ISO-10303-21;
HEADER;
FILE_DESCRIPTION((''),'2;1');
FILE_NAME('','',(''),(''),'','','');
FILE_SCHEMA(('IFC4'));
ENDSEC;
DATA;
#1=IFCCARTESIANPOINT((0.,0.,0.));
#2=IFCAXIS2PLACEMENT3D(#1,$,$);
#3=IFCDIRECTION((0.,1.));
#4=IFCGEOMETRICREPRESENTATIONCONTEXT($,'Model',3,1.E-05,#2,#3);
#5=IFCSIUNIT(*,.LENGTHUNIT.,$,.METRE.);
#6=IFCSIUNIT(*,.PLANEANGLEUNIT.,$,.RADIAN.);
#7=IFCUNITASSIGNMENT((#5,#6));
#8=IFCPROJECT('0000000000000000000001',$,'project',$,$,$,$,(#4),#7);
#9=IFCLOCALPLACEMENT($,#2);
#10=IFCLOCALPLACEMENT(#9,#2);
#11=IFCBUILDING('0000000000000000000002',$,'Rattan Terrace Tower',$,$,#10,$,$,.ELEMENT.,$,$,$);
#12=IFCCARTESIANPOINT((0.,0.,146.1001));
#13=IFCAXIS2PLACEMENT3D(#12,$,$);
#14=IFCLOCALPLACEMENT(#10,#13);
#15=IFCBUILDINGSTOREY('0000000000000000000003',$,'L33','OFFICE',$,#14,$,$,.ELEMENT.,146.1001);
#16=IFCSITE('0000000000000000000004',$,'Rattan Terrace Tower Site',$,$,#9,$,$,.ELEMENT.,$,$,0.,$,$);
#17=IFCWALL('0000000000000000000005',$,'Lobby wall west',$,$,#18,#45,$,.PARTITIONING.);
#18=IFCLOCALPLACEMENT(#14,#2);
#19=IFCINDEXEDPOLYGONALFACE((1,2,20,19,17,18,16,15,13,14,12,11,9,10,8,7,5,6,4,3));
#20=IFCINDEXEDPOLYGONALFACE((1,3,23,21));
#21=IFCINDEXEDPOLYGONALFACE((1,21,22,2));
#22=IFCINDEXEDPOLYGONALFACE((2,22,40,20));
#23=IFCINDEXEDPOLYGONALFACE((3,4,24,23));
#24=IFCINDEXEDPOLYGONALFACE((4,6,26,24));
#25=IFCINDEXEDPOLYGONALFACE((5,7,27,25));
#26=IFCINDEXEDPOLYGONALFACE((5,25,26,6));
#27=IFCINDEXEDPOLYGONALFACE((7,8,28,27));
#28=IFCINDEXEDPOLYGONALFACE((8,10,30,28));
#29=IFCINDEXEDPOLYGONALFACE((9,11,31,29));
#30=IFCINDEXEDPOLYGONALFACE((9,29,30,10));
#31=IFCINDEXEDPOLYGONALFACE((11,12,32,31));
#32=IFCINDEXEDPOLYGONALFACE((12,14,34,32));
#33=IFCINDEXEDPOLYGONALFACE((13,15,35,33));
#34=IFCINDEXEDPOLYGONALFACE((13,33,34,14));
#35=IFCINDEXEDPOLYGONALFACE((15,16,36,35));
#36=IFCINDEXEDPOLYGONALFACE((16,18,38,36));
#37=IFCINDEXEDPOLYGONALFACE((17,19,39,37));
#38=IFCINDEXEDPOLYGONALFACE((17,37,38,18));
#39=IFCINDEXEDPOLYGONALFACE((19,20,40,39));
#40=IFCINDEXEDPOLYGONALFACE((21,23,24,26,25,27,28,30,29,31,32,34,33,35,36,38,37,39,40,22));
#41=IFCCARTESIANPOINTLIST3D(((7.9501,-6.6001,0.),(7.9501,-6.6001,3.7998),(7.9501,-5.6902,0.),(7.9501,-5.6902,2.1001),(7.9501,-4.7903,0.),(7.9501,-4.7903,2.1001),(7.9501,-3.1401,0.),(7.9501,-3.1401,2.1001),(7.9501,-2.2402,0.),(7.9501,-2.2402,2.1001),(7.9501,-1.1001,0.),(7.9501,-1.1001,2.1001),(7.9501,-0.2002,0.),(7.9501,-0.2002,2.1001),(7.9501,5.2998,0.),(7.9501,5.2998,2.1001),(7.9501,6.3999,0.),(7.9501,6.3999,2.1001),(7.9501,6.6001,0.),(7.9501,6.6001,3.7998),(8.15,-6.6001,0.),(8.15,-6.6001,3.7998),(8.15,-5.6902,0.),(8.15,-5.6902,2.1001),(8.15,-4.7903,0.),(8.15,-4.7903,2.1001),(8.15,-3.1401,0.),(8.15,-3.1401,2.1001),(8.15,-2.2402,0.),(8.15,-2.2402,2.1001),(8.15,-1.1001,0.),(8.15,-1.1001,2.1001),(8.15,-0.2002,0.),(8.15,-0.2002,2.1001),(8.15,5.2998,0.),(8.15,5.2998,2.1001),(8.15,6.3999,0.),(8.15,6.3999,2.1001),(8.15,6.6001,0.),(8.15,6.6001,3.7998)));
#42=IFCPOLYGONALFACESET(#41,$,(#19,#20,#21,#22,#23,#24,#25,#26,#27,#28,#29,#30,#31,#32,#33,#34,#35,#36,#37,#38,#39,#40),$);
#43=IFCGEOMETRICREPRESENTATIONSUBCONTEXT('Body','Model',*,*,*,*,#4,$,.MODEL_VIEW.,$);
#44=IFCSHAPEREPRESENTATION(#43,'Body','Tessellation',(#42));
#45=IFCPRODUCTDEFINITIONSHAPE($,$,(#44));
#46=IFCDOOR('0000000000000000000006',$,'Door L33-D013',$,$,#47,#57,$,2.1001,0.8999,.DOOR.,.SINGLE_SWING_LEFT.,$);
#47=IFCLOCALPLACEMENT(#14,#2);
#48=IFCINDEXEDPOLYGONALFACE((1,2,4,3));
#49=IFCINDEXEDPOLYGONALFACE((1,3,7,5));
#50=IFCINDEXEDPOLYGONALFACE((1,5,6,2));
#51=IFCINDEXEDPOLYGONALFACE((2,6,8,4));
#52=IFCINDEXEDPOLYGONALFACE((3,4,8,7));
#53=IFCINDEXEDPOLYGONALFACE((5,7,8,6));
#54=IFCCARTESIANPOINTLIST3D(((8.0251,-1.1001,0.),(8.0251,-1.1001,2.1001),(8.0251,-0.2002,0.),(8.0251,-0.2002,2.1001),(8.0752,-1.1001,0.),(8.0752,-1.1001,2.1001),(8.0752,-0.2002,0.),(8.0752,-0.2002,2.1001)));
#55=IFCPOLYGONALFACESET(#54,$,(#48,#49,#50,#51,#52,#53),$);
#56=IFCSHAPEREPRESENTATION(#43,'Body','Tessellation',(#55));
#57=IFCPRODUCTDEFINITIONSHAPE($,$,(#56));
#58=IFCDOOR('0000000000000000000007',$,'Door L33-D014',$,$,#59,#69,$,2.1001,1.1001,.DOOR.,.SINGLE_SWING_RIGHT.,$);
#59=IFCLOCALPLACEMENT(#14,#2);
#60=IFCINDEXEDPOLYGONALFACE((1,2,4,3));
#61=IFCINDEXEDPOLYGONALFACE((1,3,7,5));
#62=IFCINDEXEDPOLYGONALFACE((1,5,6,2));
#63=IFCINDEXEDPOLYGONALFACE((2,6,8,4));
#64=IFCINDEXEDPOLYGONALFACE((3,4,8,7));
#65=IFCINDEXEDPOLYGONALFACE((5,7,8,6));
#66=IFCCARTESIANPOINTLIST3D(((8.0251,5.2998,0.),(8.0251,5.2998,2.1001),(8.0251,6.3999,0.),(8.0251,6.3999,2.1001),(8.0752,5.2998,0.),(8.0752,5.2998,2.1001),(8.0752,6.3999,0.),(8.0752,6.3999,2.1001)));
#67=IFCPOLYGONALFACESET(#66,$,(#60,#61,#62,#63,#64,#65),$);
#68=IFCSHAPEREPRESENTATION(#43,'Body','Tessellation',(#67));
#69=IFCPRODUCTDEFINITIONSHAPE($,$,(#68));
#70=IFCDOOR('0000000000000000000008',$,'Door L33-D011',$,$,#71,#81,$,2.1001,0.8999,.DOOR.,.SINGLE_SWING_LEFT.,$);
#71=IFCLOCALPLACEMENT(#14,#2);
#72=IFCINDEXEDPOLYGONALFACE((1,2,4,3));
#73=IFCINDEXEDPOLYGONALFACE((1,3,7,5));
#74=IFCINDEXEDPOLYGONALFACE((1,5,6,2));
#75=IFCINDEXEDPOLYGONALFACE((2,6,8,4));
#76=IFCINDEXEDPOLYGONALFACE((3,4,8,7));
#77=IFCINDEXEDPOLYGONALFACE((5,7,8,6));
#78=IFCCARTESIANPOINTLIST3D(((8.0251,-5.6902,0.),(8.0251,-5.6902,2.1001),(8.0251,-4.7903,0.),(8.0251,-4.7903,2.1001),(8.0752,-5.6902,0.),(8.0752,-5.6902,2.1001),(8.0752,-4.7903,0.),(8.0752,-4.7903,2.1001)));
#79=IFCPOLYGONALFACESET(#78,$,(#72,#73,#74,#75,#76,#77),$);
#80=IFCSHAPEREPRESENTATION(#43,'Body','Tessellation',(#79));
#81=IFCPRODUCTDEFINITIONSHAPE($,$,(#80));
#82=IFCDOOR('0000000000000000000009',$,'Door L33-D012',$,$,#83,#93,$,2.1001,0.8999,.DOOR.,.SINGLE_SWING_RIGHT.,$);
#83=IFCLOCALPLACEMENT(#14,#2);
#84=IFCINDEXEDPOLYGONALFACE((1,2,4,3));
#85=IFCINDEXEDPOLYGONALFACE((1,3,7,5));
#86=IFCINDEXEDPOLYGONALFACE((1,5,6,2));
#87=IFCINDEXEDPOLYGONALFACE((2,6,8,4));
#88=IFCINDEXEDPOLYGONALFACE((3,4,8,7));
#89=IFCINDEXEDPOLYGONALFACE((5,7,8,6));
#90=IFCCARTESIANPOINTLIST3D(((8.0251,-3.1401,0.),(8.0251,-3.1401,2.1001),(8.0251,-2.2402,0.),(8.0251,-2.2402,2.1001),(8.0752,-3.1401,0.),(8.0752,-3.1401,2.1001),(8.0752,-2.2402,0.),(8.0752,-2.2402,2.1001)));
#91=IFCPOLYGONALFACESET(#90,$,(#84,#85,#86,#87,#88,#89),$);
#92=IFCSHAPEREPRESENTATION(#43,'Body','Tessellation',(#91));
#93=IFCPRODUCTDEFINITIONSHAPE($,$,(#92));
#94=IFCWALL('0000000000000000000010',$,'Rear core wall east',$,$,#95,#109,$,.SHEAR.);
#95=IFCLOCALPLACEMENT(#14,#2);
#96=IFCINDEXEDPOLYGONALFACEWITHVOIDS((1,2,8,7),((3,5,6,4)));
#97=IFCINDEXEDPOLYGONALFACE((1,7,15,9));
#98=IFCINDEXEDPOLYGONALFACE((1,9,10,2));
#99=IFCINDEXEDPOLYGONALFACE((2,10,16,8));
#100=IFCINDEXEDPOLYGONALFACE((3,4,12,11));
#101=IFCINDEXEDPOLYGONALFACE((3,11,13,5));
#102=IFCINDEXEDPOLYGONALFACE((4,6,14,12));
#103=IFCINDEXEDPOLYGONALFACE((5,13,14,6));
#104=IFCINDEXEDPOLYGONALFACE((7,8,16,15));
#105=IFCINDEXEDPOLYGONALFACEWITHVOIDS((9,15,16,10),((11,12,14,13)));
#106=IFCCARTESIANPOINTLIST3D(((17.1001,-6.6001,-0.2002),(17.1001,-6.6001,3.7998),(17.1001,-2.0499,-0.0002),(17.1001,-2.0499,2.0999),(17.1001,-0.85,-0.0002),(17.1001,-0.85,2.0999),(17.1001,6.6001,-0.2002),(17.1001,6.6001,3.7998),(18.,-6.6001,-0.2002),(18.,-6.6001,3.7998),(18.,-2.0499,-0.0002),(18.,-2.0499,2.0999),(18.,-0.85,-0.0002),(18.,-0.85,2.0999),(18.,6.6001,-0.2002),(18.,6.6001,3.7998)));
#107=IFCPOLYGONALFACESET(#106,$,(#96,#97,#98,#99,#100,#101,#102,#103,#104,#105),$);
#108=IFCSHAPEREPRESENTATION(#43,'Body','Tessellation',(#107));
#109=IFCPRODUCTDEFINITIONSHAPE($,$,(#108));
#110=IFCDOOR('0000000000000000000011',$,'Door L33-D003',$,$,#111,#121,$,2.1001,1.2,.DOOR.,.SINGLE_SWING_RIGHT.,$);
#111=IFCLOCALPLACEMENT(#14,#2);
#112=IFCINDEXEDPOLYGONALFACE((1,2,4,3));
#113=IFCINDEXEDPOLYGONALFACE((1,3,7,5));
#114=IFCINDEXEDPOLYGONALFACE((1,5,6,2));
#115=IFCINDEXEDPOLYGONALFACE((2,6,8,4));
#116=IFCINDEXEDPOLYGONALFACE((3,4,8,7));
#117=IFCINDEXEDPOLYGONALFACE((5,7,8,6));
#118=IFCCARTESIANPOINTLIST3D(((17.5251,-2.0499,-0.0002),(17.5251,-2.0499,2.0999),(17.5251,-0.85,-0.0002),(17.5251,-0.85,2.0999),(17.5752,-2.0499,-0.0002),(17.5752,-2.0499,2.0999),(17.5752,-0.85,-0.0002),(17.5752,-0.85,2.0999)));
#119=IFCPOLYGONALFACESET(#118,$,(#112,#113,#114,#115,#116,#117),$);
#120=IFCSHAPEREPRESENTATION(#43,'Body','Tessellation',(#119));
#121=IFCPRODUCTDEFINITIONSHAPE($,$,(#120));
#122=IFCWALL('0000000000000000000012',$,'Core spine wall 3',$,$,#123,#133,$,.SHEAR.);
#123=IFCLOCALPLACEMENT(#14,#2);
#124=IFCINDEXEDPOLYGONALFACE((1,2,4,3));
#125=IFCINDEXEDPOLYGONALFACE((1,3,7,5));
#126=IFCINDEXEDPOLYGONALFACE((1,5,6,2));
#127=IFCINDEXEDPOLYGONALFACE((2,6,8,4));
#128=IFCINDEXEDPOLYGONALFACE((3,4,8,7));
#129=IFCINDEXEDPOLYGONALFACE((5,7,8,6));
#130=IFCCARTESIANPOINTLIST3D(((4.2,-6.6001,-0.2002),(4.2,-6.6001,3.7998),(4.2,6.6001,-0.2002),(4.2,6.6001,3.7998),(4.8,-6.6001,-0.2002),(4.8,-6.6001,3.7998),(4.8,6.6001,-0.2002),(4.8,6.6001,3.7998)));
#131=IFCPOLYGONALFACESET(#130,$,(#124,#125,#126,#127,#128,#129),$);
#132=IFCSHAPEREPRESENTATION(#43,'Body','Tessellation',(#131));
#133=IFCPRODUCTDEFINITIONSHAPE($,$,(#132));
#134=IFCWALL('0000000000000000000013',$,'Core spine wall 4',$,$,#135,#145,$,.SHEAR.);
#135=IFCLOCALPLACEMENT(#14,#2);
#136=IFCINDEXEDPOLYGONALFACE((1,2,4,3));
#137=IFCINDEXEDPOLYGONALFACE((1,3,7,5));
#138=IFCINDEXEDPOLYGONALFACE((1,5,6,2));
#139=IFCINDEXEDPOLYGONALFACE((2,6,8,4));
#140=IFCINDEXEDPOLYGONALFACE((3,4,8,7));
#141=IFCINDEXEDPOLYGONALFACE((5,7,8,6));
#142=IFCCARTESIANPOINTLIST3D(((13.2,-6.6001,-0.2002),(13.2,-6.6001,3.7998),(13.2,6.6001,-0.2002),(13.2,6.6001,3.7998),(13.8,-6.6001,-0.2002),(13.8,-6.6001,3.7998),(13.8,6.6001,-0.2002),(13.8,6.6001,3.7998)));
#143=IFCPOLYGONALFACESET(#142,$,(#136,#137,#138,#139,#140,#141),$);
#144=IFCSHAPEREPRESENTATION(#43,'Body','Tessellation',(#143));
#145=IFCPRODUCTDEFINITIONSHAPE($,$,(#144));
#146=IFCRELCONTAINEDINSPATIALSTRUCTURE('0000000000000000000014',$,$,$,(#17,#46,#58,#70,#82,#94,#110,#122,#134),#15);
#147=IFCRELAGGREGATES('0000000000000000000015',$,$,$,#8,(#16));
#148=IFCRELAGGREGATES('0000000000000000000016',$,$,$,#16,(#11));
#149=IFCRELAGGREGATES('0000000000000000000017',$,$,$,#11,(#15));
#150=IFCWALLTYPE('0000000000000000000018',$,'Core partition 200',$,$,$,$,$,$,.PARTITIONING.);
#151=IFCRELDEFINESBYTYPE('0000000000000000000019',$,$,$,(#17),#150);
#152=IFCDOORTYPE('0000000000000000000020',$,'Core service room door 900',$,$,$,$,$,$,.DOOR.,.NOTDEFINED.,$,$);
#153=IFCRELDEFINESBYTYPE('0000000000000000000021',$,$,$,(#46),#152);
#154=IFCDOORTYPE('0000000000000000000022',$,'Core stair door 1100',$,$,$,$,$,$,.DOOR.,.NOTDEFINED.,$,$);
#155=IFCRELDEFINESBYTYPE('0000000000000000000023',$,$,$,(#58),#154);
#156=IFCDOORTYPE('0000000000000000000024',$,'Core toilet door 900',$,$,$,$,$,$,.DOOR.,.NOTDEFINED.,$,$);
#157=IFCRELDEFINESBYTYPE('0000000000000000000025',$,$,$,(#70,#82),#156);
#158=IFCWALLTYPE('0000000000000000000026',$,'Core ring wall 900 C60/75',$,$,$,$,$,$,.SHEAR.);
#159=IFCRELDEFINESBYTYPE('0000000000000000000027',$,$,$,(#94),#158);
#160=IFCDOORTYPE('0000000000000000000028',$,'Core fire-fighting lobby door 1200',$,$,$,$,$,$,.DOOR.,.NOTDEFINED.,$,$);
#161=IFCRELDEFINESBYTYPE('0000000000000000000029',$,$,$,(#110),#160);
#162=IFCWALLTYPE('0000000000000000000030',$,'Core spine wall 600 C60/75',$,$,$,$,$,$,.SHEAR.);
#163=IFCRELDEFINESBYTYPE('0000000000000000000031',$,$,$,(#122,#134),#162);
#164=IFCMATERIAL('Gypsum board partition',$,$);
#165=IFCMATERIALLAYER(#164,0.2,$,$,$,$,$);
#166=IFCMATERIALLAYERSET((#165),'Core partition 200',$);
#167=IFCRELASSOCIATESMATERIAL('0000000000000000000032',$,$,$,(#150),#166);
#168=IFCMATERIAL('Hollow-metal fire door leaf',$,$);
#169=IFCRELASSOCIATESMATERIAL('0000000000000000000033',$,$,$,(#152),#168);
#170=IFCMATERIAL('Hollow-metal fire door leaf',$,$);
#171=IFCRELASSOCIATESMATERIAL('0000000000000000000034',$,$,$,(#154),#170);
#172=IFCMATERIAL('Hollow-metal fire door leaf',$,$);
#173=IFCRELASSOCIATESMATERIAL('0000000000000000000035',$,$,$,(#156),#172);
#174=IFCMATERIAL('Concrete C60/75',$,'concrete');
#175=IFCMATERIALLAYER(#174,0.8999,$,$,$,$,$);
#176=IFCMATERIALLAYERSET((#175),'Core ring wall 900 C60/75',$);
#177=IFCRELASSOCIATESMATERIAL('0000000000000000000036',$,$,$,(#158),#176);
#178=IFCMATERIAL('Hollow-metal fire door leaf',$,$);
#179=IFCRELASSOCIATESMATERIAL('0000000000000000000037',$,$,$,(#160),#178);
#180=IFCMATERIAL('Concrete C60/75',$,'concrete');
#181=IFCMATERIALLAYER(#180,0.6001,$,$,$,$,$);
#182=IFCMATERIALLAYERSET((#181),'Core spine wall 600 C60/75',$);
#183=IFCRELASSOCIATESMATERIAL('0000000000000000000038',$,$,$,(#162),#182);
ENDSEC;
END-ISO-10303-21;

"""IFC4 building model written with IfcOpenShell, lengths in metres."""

from ifc_helpers import new_model, si_unit, direction, frame, frame_2d, origin, place, context, subcontext, project, spatial, rectangle, extrude, material, layer, layer_set, type_object, element, fill, save


model = new_model("IFC4")

# Units and contexts
model_context = context("Model", 3, precision=1e-05, world=origin(), true_north=direction((0.0, 1.0)))
body_context = subcontext(model_context, "Body", "Model", "MODEL_VIEW")
ifc_project = project(units=[si_unit("LENGTHUNIT", "METRE"), si_unit("PLANEANGLEUNIT", "RADIAN")], contexts=[model_context])

# Site, building, storey
site_placement = place(None, origin())
site = spatial("IfcSite", under=ifc_project, at=site_placement, Name="Rattan Terrace Tower Site", CompositionType="ELEMENT", RefElevation=0.0)
building_placement = place(site_placement, origin())
building = spatial("IfcBuilding", under=site, at=building_placement, Name="Rattan Terrace Tower", CompositionType="ELEMENT")
storey_placement = place(building_placement, frame((0.0, 0.0, 146.1001)))
storey = spatial("IfcBuildingStorey", under=building, at=storey_placement, Name="L33", Description="OFFICE", CompositionType="ELEMENT", Elevation=146.1001)

# Shared definitions
ifc_material_1 = material(Name="Gypsum board partition")
ifc_layer_1 = layer(ifc_material_1, 0.2)
ifc_layer_set_1 = layer_set([ifc_layer_1], Name="Core partition 200")
wall_type_1 = type_object("IfcWallType", Name="Core partition 200", PredefinedType="PARTITIONING", material=ifc_layer_set_1)

# Wall, openings, doors
wall_1_placement = place(storey_placement, frame((8.05, -6.6001, 0.0), z_axis=(0.0, 0.0, 1.0), x_axis=(0.0, 1.0, 0.0)))
wall_1 = element("IfcWall", 1, at=wall_1_placement, inside=storey, type_object=wall_type_1, Name="Lobby wall west", PredefinedType="PARTITIONING", context=body_context, shape_type="SweptSolid", body=[
    extrude(rectangle(XDim=13.2002, YDim=0.2, at=frame_2d((6.6001, 0.0))), origin(), (0.0, 0.0, 1.0), 3.7998),
])
opening_1_placement = place(wall_1_placement, frame((0.9099, 0.0, 0.0)))
opening_1 = element("IfcOpeningElement", 2, at=opening_1_placement, cuts=wall_1, PredefinedType="OPENING", context=body_context, shape_type="SweptSolid", body=[
    extrude(rectangle(XDim=0.8999, YDim=2.1001, at=frame_2d((0.45, 1.05))), frame((0.0, 0.1106, 0.0), z_axis=(0.0, -1.0, 0.0), x_axis=(1.0, 0.0, 0.0)), (0.0, 0.0, 1.0), 0.2209),
])
opening_2_placement = place(wall_1_placement, frame((3.46, 0.0, 0.0)))
opening_2 = element("IfcOpeningElement", 3, at=opening_2_placement, cuts=wall_1, PredefinedType="OPENING", context=body_context, shape_type="SweptSolid", body=[
    extrude(rectangle(XDim=0.8999, YDim=2.1001, at=frame_2d((0.45, 1.05))), frame((0.0, 0.1106, 0.0), z_axis=(0.0, -1.0, 0.0), x_axis=(1.0, 0.0, 0.0)), (0.0, 0.0, 1.0), 0.2209),
])
opening_3_placement = place(wall_1_placement, frame((5.5, 0.0, 0.0)))
opening_3 = element("IfcOpeningElement", 4, at=opening_3_placement, cuts=wall_1, PredefinedType="OPENING", context=body_context, shape_type="SweptSolid", body=[
    extrude(rectangle(XDim=0.8999, YDim=2.1001, at=frame_2d((0.45, 1.05))), frame((0.0, 0.1106, 0.0), z_axis=(0.0, -1.0, 0.0), x_axis=(1.0, 0.0, 0.0)), (0.0, 0.0, 1.0), 0.2209),
])
opening_4_placement = place(wall_1_placement, frame((11.8999, 0.0, 0.0)))
opening_4 = element("IfcOpeningElement", 5, at=opening_4_placement, cuts=wall_1, PredefinedType="OPENING", context=body_context, shape_type="SweptSolid", body=[
    extrude(rectangle(XDim=1.1001, YDim=2.1001, at=frame_2d((0.55, 1.05))), frame((0.0, 0.1106, 0.0), z_axis=(0.0, -1.0, 0.0), x_axis=(1.0, 0.0, 0.0)), (0.0, 0.0, 1.0), 0.2209),
])
ifc_material_2 = material(Name="Hollow-metal fire door leaf")
door_type_1 = type_object("IfcDoorType", Name="Core service room door 900", OperationType="NOTDEFINED", PredefinedType="DOOR", material=ifc_material_2)
door_1_placement = place(opening_3_placement, origin())
door_1 = element("IfcDoor", 6, at=door_1_placement, inside=storey, type_object=door_type_1, Name="Door L33-D013", OperationType="SINGLE_SWING_LEFT", OverallHeight=2.1001, OverallWidth=0.8999, PredefinedType="DOOR", context=body_context, shape_type="SweptSolid", body=[
    extrude(rectangle(XDim=0.8999, YDim=2.1001, at=frame_2d((0.45, 1.05))), frame((0.0, 0.0249, 0.0), z_axis=(0.0, -1.0, 0.0), x_axis=(1.0, 0.0, 0.0)), (0.0, 0.0, 1.0), 0.05),
])
fill(opening_3, door_1)
ifc_material_3 = material(Name="Hollow-metal fire door leaf")
door_type_2 = type_object("IfcDoorType", Name="Core stair door 1100", OperationType="NOTDEFINED", PredefinedType="DOOR", material=ifc_material_3)
door_2_placement = place(opening_4_placement, origin())
door_2 = element("IfcDoor", 7, at=door_2_placement, inside=storey, type_object=door_type_2, Name="Door L33-D014", OperationType="SINGLE_SWING_RIGHT", OverallHeight=2.1001, OverallWidth=1.1001, PredefinedType="DOOR", context=body_context, shape_type="SweptSolid", body=[
    extrude(rectangle(XDim=1.1001, YDim=2.1001, at=frame_2d((0.55, 1.05))), frame((0.0, 0.0249, 0.0), z_axis=(0.0, -1.0, 0.0), x_axis=(1.0, 0.0, 0.0)), (0.0, 0.0, 1.0), 0.05),
])
fill(opening_4, door_2)
ifc_material_4 = material(Name="Hollow-metal fire door leaf")
door_type_3 = type_object("IfcDoorType", Name="Core toilet door 900", OperationType="NOTDEFINED", PredefinedType="DOOR", material=ifc_material_4)
door_3_placement = place(opening_1_placement, origin())
door_3 = element("IfcDoor", 8, at=door_3_placement, inside=storey, type_object=door_type_3, Name="Door L33-D011", OperationType="SINGLE_SWING_LEFT", OverallHeight=2.1001, OverallWidth=0.8999, PredefinedType="DOOR", context=body_context, shape_type="SweptSolid", body=[
    extrude(rectangle(XDim=0.8999, YDim=2.1001, at=frame_2d((0.45, 1.05))), frame((0.0, 0.0249, 0.0), z_axis=(0.0, -1.0, 0.0), x_axis=(1.0, 0.0, 0.0)), (0.0, 0.0, 1.0), 0.05),
])
fill(opening_1, door_3)
door_4_placement = place(opening_2_placement, origin())
door_4 = element("IfcDoor", 9, at=door_4_placement, inside=storey, type_object=door_type_3, Name="Door L33-D012", OperationType="SINGLE_SWING_RIGHT", OverallHeight=2.1001, OverallWidth=0.8999, PredefinedType="DOOR", context=body_context, shape_type="SweptSolid", body=[
    extrude(rectangle(XDim=0.8999, YDim=2.1001, at=frame_2d((0.45, 1.05))), frame((0.0, 0.0249, 0.0), z_axis=(0.0, -1.0, 0.0), x_axis=(1.0, 0.0, 0.0)), (0.0, 0.0, 1.0), 0.05),
])
fill(opening_2, door_4)

# Wall, opening, door
ifc_material_5 = material(Name="Concrete C60/75", Category="concrete")
ifc_layer_2 = layer(ifc_material_5, 0.8999)
ifc_layer_set_2 = layer_set([ifc_layer_2], Name="Core ring wall 900 C60/75")
wall_type_2 = type_object("IfcWallType", Name="Core ring wall 900 C60/75", PredefinedType="SHEAR", material=ifc_layer_set_2)
wall_2_placement = place(storey_placement, frame((17.55, -6.6001, -0.2002), z_axis=(0.0, 0.0, 1.0), x_axis=(0.0, 1.0, 0.0)))
wall_2 = element("IfcWall", 10, at=wall_2_placement, inside=storey, type_object=wall_type_2, Name="Rear core wall east", PredefinedType="SHEAR", context=body_context, shape_type="SweptSolid", body=[
    extrude(rectangle(XDim=13.2002, YDim=0.8999, at=frame_2d((6.6001, 0.0))), origin(), (0.0, 0.0, 1.0), 4.0),
])
opening_5_placement = place(wall_2_placement, frame((4.55, 0.0, 0.2)))
opening_5 = element("IfcOpeningElement", 11, at=opening_5_placement, cuts=wall_2, PredefinedType="OPENING", context=body_context, shape_type="SweptSolid", body=[
    extrude(rectangle(XDim=1.2, YDim=2.1001, at=frame_2d((0.6001, 1.05))), frame((0.0, 0.4604, 0.0), z_axis=(0.0, -1.0, 0.0), x_axis=(1.0, 0.0, 0.0)), (0.0, 0.0, 1.0), 0.9209),
])
ifc_material_6 = material(Name="Hollow-metal fire door leaf")
door_type_4 = type_object("IfcDoorType", Name="Core fire-fighting lobby door 1200", OperationType="NOTDEFINED", PredefinedType="DOOR", material=ifc_material_6)
door_5_placement = place(opening_5_placement, origin())
door_5 = element("IfcDoor", 12, at=door_5_placement, inside=storey, type_object=door_type_4, Name="Door L33-D003", OperationType="SINGLE_SWING_RIGHT", OverallHeight=2.1001, OverallWidth=1.2, PredefinedType="DOOR", context=body_context, shape_type="SweptSolid", body=[
    extrude(rectangle(XDim=1.2, YDim=2.1001, at=frame_2d((0.6001, 1.05))), frame((0.0, 0.0249, 0.0), z_axis=(0.0, -1.0, 0.0), x_axis=(1.0, 0.0, 0.0)), (0.0, 0.0, 1.0), 0.05),
])
fill(opening_5, door_5)

# Walls
ifc_material_7 = material(Name="Concrete C60/75", Category="concrete")
ifc_layer_3 = layer(ifc_material_7, 0.6001)
ifc_layer_set_3 = layer_set([ifc_layer_3], Name="Core spine wall 600 C60/75")
wall_type_3 = type_object("IfcWallType", Name="Core spine wall 600 C60/75", PredefinedType="SHEAR", material=ifc_layer_set_3)
for number, where, z_axis, x_axis, name in (
    (13, (4.5, -6.6001, -0.2002), (0.0, 0.0, 1.0), (0.0, 1.0, 0.0), "Core spine wall 3"),
    (14, (13.5, -6.6001, -0.2002), (0.0, 0.0, 1.0), (0.0, 1.0, 0.0), "Core spine wall 4"),
):
    element("IfcWall", number, at=place(storey_placement, frame(where, z_axis=z_axis, x_axis=x_axis)), inside=storey, type_object=wall_type_3, Name=name, PredefinedType="SHEAR", context=body_context, shape_type="SweptSolid", body=[
        extrude(rectangle(XDim=13.2002, YDim=0.6001, at=frame_2d((6.6001, 0.0))), origin(), (0.0, 0.0, 1.0), 4.0),
    ])

save(model, "model.ifc")
